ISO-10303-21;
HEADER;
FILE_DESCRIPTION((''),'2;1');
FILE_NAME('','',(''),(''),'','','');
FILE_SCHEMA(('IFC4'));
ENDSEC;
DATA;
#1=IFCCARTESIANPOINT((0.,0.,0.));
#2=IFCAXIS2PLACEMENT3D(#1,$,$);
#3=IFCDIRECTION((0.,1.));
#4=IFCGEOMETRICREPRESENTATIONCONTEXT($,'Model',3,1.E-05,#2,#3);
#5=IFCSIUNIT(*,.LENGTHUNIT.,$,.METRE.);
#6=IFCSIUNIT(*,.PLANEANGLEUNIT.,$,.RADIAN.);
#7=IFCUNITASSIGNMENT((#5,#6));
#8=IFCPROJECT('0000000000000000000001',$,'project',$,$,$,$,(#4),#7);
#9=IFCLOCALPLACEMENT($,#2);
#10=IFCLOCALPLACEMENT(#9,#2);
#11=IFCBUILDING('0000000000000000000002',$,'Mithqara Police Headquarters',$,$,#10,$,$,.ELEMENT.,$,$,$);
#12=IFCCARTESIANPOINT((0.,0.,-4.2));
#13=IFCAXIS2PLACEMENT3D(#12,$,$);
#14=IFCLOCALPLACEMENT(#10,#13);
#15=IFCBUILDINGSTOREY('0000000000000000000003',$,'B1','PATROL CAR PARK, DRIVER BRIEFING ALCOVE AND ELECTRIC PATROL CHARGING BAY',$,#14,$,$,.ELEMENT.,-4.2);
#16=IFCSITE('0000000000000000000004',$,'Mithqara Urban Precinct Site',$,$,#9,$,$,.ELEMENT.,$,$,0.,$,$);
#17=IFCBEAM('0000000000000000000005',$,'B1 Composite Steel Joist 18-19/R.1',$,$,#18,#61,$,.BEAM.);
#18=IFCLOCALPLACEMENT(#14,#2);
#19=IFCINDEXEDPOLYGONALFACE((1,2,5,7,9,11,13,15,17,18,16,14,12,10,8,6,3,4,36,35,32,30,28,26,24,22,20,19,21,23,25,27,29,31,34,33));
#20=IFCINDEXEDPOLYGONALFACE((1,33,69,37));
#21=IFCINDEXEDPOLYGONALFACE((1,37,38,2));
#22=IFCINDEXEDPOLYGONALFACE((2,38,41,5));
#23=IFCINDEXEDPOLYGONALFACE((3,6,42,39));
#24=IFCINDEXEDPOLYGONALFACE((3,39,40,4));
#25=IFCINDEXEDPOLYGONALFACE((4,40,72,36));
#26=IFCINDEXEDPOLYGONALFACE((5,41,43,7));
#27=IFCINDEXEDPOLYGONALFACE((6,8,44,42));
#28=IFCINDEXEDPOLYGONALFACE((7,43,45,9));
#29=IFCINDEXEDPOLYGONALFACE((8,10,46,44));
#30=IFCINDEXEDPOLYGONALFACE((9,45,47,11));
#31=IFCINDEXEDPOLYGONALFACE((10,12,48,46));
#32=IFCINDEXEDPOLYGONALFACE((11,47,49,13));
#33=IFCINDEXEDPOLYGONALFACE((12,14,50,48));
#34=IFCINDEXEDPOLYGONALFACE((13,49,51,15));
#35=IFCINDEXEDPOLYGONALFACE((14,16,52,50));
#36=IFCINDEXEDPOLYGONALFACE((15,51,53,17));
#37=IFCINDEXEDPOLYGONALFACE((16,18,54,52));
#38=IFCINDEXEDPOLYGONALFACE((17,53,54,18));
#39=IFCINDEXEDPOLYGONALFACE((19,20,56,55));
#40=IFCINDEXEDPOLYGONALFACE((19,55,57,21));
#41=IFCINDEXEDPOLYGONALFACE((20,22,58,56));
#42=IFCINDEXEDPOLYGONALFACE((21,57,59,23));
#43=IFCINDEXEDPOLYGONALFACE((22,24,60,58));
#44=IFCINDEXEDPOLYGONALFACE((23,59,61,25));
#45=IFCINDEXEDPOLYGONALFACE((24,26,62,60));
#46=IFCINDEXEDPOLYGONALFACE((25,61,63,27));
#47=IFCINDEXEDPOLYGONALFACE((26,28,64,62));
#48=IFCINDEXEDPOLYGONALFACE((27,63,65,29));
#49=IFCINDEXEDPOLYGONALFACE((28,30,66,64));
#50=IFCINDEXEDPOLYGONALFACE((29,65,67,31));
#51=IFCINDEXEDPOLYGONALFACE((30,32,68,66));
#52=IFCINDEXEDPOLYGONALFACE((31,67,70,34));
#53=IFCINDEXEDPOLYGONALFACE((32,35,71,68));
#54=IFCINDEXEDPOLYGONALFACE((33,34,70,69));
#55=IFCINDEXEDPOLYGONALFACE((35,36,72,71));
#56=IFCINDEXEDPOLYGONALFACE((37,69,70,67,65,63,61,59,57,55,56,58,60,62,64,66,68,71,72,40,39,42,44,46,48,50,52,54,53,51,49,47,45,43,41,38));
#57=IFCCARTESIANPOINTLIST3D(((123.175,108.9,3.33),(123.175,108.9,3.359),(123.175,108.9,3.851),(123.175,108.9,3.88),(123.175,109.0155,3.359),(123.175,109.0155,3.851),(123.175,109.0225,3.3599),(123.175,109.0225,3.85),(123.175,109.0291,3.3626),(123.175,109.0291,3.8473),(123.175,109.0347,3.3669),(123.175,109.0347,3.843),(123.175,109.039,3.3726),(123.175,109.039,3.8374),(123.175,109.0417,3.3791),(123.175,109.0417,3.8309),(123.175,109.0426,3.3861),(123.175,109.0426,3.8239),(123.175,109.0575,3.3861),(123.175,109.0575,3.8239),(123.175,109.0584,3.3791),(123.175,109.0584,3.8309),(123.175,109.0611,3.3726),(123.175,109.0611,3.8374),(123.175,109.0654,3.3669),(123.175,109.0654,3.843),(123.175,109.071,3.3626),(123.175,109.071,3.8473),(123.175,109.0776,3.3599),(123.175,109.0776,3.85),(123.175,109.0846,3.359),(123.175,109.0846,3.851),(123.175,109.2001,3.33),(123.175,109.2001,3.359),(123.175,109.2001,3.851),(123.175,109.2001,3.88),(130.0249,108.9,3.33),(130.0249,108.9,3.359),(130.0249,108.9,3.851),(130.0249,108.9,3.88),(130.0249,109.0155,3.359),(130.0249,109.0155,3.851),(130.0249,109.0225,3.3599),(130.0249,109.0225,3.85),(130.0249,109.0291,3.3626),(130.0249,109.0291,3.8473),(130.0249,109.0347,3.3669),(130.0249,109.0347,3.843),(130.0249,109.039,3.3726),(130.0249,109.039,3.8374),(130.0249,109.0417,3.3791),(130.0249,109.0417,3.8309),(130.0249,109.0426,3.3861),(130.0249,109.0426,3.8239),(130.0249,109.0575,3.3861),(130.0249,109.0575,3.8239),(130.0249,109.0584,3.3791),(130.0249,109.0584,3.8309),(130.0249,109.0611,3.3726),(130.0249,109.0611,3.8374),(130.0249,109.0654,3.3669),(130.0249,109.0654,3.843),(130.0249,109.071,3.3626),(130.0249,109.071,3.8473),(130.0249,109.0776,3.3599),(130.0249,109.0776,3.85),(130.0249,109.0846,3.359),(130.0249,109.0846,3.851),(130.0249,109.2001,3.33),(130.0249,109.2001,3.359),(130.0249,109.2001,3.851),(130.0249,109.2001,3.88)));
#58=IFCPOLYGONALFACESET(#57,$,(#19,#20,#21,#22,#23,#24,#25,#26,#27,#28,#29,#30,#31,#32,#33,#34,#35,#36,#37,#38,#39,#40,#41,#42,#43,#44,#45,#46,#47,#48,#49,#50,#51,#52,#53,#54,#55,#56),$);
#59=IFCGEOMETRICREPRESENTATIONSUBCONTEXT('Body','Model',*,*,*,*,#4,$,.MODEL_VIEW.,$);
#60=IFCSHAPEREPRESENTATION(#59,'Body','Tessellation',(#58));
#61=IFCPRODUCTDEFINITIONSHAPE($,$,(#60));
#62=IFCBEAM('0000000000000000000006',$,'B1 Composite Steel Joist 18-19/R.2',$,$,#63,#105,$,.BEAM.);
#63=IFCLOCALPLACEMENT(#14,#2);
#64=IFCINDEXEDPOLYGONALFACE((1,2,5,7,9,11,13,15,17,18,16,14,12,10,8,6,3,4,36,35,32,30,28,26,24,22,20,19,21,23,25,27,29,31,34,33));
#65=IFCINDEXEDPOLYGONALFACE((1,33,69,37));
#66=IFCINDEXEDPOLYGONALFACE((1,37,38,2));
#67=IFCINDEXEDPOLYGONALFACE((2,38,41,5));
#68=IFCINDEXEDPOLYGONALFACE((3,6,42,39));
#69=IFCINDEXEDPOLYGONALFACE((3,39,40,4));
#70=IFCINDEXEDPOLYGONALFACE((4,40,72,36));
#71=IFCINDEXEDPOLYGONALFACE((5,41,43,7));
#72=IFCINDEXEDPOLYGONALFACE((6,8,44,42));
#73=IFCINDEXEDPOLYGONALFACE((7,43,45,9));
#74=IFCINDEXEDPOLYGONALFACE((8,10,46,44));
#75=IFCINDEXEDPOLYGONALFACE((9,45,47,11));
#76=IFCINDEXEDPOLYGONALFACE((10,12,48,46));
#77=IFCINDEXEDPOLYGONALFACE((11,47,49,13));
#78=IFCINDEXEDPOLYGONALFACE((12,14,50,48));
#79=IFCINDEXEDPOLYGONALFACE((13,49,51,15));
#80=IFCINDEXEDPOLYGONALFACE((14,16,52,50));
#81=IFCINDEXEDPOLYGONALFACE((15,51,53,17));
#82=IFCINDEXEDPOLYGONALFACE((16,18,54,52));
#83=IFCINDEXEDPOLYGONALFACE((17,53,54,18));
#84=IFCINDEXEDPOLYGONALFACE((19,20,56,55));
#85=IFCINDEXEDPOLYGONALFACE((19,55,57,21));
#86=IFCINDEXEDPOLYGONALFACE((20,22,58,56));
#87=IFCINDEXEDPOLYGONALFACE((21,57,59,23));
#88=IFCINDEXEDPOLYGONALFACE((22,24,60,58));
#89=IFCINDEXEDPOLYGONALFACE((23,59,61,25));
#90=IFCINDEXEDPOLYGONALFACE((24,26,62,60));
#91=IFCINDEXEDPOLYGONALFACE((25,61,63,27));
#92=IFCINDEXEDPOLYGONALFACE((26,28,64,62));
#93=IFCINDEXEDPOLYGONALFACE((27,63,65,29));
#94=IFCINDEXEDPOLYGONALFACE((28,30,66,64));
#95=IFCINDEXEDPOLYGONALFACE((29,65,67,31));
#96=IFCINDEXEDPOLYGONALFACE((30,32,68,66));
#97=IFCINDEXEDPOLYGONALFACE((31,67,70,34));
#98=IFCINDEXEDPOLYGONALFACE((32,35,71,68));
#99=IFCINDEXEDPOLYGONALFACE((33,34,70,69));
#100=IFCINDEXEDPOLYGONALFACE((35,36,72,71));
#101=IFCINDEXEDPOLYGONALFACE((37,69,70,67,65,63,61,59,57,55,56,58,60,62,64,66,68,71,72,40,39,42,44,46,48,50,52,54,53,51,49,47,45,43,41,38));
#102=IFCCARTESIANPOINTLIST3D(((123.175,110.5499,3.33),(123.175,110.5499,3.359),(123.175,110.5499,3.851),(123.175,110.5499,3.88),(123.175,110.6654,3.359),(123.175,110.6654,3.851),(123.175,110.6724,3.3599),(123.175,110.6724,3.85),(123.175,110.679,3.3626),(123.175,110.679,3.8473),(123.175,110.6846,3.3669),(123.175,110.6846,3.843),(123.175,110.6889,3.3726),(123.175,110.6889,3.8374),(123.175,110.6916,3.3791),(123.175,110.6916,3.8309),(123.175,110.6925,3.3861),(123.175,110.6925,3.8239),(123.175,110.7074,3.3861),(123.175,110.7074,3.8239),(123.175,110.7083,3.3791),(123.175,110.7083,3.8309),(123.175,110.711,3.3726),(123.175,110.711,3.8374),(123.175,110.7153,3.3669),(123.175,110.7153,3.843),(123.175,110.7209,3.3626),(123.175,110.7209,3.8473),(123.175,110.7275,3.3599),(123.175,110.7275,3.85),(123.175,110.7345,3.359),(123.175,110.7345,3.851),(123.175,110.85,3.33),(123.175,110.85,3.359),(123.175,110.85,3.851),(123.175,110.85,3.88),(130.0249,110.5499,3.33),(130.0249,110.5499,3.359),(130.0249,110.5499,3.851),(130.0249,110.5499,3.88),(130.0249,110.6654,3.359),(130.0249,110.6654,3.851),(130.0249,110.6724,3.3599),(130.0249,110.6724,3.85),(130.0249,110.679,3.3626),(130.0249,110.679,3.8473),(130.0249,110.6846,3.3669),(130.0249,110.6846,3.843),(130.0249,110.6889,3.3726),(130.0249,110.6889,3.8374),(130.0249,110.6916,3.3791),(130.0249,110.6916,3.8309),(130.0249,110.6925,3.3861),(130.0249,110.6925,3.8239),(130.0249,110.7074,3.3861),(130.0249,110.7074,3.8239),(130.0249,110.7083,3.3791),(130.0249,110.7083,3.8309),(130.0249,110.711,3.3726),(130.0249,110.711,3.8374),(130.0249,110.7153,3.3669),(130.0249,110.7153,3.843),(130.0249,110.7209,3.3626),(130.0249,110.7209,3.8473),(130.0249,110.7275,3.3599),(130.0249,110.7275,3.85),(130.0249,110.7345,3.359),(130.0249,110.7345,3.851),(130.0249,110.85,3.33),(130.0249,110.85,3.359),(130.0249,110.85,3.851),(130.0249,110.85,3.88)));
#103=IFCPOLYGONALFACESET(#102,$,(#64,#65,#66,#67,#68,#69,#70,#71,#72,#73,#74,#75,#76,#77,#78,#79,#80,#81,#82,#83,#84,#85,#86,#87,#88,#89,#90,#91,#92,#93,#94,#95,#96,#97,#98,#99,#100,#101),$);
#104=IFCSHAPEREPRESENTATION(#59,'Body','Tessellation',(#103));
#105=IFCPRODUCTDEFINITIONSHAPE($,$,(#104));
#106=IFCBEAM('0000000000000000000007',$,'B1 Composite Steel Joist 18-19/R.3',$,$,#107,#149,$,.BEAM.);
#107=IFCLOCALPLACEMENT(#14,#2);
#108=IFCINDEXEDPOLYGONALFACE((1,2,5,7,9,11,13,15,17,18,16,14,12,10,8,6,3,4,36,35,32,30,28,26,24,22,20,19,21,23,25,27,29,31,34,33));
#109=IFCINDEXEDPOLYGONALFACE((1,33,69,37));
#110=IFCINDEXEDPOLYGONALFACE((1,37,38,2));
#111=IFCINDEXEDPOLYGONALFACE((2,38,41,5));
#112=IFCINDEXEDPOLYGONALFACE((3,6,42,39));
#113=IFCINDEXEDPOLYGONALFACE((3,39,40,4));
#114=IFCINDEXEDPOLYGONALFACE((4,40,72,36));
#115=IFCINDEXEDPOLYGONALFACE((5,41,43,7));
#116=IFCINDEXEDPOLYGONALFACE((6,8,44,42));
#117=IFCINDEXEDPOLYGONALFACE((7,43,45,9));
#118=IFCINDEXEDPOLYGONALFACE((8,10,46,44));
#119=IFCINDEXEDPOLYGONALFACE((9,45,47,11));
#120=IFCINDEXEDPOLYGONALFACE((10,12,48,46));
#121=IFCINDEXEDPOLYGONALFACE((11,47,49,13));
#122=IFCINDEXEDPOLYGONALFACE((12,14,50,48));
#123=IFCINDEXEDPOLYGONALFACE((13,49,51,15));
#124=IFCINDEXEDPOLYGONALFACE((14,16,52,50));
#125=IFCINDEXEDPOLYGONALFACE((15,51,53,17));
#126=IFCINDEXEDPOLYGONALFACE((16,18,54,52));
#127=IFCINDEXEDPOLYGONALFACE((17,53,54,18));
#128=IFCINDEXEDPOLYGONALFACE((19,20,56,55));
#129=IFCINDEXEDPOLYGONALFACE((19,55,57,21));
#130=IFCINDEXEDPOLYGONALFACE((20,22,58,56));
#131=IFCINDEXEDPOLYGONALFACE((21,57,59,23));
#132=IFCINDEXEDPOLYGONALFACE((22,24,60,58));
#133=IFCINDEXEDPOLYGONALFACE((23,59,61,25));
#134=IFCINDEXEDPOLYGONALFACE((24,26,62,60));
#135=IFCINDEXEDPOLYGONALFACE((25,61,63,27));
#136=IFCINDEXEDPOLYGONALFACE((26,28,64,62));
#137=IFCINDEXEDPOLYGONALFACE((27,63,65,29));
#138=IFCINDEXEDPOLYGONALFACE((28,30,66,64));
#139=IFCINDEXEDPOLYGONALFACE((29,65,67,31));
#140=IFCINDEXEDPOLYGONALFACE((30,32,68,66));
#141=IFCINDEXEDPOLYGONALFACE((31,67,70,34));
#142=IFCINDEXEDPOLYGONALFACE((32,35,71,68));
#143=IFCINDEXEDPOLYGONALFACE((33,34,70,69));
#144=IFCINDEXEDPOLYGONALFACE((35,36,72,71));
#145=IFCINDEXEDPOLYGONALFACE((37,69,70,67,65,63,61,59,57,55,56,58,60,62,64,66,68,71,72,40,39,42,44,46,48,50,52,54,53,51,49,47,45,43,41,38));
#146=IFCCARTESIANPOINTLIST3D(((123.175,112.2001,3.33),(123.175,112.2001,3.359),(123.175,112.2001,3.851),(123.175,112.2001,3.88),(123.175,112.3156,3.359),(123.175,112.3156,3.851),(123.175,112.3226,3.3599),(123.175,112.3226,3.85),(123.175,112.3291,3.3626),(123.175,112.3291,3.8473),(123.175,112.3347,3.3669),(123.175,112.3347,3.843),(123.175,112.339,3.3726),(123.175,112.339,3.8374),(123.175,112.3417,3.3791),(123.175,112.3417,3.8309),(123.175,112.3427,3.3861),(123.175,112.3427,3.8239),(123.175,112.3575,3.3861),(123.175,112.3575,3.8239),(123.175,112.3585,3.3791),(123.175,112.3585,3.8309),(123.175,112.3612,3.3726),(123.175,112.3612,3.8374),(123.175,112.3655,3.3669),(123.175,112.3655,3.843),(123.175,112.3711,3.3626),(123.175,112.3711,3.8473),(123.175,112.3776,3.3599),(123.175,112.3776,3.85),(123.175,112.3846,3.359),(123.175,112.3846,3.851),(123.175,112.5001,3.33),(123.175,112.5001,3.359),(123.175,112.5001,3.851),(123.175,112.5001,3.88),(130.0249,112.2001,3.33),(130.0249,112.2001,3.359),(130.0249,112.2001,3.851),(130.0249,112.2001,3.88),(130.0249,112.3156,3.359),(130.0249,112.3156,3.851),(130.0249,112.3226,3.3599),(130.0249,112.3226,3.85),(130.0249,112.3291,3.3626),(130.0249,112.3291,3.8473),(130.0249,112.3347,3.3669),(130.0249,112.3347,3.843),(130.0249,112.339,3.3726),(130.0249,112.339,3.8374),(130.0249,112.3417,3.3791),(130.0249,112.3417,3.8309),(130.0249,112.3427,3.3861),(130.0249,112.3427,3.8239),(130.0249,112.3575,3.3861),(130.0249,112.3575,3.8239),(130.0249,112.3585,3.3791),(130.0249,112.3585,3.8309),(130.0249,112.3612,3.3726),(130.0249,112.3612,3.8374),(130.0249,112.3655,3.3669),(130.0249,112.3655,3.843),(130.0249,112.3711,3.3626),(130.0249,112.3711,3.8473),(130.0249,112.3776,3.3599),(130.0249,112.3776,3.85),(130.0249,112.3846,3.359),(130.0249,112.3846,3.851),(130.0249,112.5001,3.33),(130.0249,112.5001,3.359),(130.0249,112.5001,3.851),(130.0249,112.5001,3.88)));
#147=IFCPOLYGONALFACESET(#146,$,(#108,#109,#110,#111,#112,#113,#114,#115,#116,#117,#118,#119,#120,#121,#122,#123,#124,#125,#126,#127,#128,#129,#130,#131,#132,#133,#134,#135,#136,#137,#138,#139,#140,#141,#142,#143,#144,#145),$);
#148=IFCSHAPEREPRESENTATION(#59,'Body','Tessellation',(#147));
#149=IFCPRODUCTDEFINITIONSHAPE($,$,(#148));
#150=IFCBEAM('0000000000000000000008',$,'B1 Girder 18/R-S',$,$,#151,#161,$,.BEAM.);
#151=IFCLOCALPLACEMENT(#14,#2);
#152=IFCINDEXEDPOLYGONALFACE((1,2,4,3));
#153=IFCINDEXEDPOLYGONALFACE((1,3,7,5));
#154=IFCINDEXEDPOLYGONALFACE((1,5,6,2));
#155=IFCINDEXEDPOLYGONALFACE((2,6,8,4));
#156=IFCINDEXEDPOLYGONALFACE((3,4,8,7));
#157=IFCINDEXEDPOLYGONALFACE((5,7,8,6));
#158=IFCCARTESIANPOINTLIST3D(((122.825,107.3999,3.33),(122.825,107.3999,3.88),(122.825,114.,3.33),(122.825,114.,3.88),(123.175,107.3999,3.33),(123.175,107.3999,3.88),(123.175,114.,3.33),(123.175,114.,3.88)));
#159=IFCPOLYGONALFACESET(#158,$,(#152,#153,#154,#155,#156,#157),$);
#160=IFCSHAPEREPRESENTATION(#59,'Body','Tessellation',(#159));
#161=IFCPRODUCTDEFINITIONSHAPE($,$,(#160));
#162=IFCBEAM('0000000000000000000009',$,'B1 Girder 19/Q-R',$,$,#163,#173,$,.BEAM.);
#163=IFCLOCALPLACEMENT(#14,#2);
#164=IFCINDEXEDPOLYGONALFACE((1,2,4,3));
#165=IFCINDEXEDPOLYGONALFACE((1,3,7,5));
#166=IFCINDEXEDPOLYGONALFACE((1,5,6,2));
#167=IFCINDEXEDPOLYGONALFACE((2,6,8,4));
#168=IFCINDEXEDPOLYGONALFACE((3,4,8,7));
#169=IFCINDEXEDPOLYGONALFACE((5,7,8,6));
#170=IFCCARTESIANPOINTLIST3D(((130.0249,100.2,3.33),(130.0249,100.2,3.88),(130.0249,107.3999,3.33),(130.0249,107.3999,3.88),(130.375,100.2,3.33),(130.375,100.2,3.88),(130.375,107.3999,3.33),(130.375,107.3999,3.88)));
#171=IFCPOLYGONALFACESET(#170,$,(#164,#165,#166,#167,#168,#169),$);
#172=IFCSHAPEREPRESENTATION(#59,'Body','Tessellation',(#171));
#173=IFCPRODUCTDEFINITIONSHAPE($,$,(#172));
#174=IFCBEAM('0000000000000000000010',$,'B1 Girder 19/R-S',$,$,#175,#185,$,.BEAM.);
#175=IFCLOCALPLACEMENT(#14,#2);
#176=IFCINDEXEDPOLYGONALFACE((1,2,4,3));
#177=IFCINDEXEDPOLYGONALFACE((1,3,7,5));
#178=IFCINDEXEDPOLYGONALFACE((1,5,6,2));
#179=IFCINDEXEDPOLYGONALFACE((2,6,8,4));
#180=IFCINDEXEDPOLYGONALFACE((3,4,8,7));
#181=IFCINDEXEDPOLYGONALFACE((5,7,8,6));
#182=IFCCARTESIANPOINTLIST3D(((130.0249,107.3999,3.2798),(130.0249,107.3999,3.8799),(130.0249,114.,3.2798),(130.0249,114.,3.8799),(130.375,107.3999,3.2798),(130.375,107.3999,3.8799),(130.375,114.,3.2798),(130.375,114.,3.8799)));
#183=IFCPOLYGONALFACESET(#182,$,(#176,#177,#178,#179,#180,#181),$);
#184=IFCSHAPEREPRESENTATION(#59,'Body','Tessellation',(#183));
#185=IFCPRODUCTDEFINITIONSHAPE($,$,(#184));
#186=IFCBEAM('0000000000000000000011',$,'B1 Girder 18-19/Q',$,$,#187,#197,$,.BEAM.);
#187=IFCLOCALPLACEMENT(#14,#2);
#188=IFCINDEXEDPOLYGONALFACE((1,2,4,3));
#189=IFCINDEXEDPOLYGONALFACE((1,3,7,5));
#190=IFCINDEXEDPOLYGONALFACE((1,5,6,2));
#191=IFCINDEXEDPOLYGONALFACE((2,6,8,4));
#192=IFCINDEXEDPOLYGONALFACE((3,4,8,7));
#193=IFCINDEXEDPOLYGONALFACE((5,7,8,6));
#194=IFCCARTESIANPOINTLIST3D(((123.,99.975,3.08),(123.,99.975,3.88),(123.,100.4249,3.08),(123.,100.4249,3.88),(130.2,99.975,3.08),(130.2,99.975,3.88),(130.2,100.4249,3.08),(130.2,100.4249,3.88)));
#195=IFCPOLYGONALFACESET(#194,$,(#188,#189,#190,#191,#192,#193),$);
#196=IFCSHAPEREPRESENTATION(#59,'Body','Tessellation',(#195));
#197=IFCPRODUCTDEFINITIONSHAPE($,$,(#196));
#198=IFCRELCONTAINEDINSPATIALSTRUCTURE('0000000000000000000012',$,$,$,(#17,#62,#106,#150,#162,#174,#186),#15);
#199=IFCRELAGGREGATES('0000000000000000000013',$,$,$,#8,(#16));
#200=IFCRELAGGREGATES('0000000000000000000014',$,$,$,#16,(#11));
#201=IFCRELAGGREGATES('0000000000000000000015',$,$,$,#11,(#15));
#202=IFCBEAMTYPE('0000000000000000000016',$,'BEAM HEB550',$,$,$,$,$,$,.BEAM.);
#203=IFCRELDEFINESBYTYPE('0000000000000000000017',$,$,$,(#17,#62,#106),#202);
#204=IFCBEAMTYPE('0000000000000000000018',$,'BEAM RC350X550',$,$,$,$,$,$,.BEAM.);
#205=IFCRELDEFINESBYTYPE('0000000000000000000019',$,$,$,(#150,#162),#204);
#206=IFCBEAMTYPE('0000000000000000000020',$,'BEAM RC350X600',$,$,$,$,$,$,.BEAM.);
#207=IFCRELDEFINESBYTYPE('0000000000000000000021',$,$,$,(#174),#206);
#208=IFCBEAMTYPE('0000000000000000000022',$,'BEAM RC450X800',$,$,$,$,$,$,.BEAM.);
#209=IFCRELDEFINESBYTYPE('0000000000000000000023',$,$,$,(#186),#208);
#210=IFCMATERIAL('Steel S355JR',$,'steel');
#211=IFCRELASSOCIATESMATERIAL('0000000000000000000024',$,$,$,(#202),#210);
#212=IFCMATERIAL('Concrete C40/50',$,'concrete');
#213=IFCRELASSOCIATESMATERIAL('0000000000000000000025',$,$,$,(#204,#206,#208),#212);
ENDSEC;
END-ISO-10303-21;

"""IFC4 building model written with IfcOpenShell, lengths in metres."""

from ifc_helpers import new_model, si_unit, direction, frame, origin, origin_2d, place, context, subcontext, project, spatial, rectangle, i_section, extrude, material, material_profile, profile_set, type_object, element, save


model = new_model("IFC4")

# Units and contexts
model_context = context("Model", 3, precision=1e-05, world=origin(), true_north=direction((0.0, 1.0)))
body_context = subcontext(model_context, "Body", "Model", "MODEL_VIEW")
ifc_project = project(units=[si_unit("LENGTHUNIT", "METRE"), si_unit("PLANEANGLEUNIT", "RADIAN")], contexts=[model_context])

# Site, building, storey
site_placement = place(None, origin())
site = spatial("IfcSite", under=ifc_project, at=site_placement, Name="Mithqara Urban Precinct Site", CompositionType="ELEMENT", RefElevation=0.0)
building_placement = place(site_placement, origin())
building = spatial("IfcBuilding", under=site, at=building_placement, Name="Mithqara Police Headquarters", CompositionType="ELEMENT")
storey_placement = place(building_placement, frame((0.0, 0.0, -4.2)))
storey = spatial("IfcBuildingStorey", under=building, at=storey_placement, Name="B1", Description="PATROL CAR PARK, DRIVER BRIEFING ALCOVE AND ELECTRIC PATROL CHARGING BAY", CompositionType="ELEMENT", Elevation=-4.2)

# Beams
ifc_material_1 = material(Name="Steel S355JR", Category="steel")
ifc_material_profile_1 = material_profile(ifc_material_1, i_section(OverallWidth=0.3, OverallDepth=0.55, WebThickness=0.0149, FlangeThickness=0.0291, FilletRadius=0.0271, at=origin_2d()), Name="HEB 550")
ifc_profile_set_1 = profile_set([ifc_material_profile_1], Name="Steel S355JR")
beam_type_1 = type_object("IfcBeamType", Name="BEAM HEB550", PredefinedType="BEAM", material=ifc_profile_set_1)
for number, where, z_axis, x_axis, name in (
    (1, (123.175, 109.05, 3.605), (1.0, 0.0, 0.0), (0.0, 1.0, 0.0), "B1 Composite Steel Joist 18-19/R.1"),
    (2, (123.175, 110.7, 3.605), (1.0, 0.0, 0.0), (0.0, 1.0, 0.0), "B1 Composite Steel Joist 18-19/R.2"),
    (3, (123.175, 112.3501, 3.605), (1.0, 0.0, 0.0), (0.0, 1.0, 0.0), "B1 Composite Steel Joist 18-19/R.3"),
):
    element("IfcBeam", number, at=place(storey_placement, frame(where, z_axis=z_axis, x_axis=x_axis)), inside=storey, type_object=beam_type_1, Name=name, PredefinedType="BEAM", context=body_context, shape_type="SweptSolid", body=[
        extrude(i_section(OverallWidth=0.3, OverallDepth=0.55, WebThickness=0.0149, FlangeThickness=0.0291, FilletRadius=0.0271, at=origin_2d()), origin(), (0.0, 0.0, 1.0), 6.8499),
    ])
ifc_material_2 = material(Name="Concrete C40/50", Category="concrete")
ifc_material_profile_2 = material_profile(ifc_material_2, rectangle(XDim=0.3501, YDim=0.55, at=origin_2d()), Name="RC 350x550")
ifc_profile_set_2 = profile_set([ifc_material_profile_2], Name="Concrete C40/50")
beam_type_2 = type_object("IfcBeamType", Name="BEAM RC350X550", PredefinedType="BEAM", material=ifc_profile_set_2)
beam_1_placement = place(storey_placement, frame((123.0, 107.3999, 3.605), z_axis=(0.0, 1.0, 0.0), x_axis=(-1.0, 0.0, 0.0)))
element("IfcBeam", 4, at=beam_1_placement, inside=storey, type_object=beam_type_2, Name="B1 Girder 18/R-S", PredefinedType="BEAM", context=body_context, shape_type="SweptSolid", body=[
    extrude(rectangle(XDim=0.3501, YDim=0.55, at=origin_2d()), origin(), (0.0, 0.0, 1.0), 6.6001),
])
beam_2_placement = place(storey_placement, frame((130.2, 100.2, 3.605), z_axis=(0.0, 1.0, 0.0), x_axis=(-1.0, 0.0, 0.0)))
element("IfcBeam", 5, at=beam_2_placement, inside=storey, type_object=beam_type_2, Name="B1 Girder 19/Q-R", PredefinedType="BEAM", context=body_context, shape_type="SweptSolid", body=[
    extrude(rectangle(XDim=0.3501, YDim=0.55, at=origin_2d()), origin(), (0.0, 0.0, 1.0), 7.2),
])
ifc_material_profile_3 = material_profile(ifc_material_2, rectangle(XDim=0.3501, YDim=0.6001, at=origin_2d()), Name="RC 350x600")
ifc_profile_set_3 = profile_set([ifc_material_profile_3], Name="Concrete C40/50")
beam_type_3 = type_object("IfcBeamType", Name="BEAM RC350X600", PredefinedType="BEAM", material=ifc_profile_set_3)
beam_3_placement = place(storey_placement, frame((130.2, 107.3999, 3.5798), z_axis=(0.0, 1.0, 0.0), x_axis=(-1.0, 0.0, 0.0)))
element("IfcBeam", 6, at=beam_3_placement, inside=storey, type_object=beam_type_3, Name="B1 Girder 19/R-S", PredefinedType="BEAM", context=body_context, shape_type="SweptSolid", body=[
    extrude(rectangle(XDim=0.3501, YDim=0.6001, at=origin_2d()), origin(), (0.0, 0.0, 1.0), 6.6001),
])
ifc_material_profile_4 = material_profile(ifc_material_2, rectangle(XDim=0.45, YDim=0.8, at=origin_2d()), Name="RC 450x800")
ifc_profile_set_4 = profile_set([ifc_material_profile_4], Name="Concrete C40/50")
beam_type_4 = type_object("IfcBeamType", Name="BEAM RC450X800", PredefinedType="BEAM", material=ifc_profile_set_4)
beam_4_placement = place(storey_placement, frame((123.0, 100.2, 3.48), z_axis=(1.0, 0.0, 0.0), x_axis=(0.0, 1.0, 0.0)))
element("IfcBeam", 7, at=beam_4_placement, inside=storey, type_object=beam_type_4, Name="B1 Girder 18-19/Q", PredefinedType="BEAM", context=body_context, shape_type="SweptSolid", body=[
    extrude(rectangle(XDim=0.45, YDim=0.8, at=origin_2d()), origin(), (0.0, 0.0, 1.0), 7.2),
])

save(model, "model.ifc")
